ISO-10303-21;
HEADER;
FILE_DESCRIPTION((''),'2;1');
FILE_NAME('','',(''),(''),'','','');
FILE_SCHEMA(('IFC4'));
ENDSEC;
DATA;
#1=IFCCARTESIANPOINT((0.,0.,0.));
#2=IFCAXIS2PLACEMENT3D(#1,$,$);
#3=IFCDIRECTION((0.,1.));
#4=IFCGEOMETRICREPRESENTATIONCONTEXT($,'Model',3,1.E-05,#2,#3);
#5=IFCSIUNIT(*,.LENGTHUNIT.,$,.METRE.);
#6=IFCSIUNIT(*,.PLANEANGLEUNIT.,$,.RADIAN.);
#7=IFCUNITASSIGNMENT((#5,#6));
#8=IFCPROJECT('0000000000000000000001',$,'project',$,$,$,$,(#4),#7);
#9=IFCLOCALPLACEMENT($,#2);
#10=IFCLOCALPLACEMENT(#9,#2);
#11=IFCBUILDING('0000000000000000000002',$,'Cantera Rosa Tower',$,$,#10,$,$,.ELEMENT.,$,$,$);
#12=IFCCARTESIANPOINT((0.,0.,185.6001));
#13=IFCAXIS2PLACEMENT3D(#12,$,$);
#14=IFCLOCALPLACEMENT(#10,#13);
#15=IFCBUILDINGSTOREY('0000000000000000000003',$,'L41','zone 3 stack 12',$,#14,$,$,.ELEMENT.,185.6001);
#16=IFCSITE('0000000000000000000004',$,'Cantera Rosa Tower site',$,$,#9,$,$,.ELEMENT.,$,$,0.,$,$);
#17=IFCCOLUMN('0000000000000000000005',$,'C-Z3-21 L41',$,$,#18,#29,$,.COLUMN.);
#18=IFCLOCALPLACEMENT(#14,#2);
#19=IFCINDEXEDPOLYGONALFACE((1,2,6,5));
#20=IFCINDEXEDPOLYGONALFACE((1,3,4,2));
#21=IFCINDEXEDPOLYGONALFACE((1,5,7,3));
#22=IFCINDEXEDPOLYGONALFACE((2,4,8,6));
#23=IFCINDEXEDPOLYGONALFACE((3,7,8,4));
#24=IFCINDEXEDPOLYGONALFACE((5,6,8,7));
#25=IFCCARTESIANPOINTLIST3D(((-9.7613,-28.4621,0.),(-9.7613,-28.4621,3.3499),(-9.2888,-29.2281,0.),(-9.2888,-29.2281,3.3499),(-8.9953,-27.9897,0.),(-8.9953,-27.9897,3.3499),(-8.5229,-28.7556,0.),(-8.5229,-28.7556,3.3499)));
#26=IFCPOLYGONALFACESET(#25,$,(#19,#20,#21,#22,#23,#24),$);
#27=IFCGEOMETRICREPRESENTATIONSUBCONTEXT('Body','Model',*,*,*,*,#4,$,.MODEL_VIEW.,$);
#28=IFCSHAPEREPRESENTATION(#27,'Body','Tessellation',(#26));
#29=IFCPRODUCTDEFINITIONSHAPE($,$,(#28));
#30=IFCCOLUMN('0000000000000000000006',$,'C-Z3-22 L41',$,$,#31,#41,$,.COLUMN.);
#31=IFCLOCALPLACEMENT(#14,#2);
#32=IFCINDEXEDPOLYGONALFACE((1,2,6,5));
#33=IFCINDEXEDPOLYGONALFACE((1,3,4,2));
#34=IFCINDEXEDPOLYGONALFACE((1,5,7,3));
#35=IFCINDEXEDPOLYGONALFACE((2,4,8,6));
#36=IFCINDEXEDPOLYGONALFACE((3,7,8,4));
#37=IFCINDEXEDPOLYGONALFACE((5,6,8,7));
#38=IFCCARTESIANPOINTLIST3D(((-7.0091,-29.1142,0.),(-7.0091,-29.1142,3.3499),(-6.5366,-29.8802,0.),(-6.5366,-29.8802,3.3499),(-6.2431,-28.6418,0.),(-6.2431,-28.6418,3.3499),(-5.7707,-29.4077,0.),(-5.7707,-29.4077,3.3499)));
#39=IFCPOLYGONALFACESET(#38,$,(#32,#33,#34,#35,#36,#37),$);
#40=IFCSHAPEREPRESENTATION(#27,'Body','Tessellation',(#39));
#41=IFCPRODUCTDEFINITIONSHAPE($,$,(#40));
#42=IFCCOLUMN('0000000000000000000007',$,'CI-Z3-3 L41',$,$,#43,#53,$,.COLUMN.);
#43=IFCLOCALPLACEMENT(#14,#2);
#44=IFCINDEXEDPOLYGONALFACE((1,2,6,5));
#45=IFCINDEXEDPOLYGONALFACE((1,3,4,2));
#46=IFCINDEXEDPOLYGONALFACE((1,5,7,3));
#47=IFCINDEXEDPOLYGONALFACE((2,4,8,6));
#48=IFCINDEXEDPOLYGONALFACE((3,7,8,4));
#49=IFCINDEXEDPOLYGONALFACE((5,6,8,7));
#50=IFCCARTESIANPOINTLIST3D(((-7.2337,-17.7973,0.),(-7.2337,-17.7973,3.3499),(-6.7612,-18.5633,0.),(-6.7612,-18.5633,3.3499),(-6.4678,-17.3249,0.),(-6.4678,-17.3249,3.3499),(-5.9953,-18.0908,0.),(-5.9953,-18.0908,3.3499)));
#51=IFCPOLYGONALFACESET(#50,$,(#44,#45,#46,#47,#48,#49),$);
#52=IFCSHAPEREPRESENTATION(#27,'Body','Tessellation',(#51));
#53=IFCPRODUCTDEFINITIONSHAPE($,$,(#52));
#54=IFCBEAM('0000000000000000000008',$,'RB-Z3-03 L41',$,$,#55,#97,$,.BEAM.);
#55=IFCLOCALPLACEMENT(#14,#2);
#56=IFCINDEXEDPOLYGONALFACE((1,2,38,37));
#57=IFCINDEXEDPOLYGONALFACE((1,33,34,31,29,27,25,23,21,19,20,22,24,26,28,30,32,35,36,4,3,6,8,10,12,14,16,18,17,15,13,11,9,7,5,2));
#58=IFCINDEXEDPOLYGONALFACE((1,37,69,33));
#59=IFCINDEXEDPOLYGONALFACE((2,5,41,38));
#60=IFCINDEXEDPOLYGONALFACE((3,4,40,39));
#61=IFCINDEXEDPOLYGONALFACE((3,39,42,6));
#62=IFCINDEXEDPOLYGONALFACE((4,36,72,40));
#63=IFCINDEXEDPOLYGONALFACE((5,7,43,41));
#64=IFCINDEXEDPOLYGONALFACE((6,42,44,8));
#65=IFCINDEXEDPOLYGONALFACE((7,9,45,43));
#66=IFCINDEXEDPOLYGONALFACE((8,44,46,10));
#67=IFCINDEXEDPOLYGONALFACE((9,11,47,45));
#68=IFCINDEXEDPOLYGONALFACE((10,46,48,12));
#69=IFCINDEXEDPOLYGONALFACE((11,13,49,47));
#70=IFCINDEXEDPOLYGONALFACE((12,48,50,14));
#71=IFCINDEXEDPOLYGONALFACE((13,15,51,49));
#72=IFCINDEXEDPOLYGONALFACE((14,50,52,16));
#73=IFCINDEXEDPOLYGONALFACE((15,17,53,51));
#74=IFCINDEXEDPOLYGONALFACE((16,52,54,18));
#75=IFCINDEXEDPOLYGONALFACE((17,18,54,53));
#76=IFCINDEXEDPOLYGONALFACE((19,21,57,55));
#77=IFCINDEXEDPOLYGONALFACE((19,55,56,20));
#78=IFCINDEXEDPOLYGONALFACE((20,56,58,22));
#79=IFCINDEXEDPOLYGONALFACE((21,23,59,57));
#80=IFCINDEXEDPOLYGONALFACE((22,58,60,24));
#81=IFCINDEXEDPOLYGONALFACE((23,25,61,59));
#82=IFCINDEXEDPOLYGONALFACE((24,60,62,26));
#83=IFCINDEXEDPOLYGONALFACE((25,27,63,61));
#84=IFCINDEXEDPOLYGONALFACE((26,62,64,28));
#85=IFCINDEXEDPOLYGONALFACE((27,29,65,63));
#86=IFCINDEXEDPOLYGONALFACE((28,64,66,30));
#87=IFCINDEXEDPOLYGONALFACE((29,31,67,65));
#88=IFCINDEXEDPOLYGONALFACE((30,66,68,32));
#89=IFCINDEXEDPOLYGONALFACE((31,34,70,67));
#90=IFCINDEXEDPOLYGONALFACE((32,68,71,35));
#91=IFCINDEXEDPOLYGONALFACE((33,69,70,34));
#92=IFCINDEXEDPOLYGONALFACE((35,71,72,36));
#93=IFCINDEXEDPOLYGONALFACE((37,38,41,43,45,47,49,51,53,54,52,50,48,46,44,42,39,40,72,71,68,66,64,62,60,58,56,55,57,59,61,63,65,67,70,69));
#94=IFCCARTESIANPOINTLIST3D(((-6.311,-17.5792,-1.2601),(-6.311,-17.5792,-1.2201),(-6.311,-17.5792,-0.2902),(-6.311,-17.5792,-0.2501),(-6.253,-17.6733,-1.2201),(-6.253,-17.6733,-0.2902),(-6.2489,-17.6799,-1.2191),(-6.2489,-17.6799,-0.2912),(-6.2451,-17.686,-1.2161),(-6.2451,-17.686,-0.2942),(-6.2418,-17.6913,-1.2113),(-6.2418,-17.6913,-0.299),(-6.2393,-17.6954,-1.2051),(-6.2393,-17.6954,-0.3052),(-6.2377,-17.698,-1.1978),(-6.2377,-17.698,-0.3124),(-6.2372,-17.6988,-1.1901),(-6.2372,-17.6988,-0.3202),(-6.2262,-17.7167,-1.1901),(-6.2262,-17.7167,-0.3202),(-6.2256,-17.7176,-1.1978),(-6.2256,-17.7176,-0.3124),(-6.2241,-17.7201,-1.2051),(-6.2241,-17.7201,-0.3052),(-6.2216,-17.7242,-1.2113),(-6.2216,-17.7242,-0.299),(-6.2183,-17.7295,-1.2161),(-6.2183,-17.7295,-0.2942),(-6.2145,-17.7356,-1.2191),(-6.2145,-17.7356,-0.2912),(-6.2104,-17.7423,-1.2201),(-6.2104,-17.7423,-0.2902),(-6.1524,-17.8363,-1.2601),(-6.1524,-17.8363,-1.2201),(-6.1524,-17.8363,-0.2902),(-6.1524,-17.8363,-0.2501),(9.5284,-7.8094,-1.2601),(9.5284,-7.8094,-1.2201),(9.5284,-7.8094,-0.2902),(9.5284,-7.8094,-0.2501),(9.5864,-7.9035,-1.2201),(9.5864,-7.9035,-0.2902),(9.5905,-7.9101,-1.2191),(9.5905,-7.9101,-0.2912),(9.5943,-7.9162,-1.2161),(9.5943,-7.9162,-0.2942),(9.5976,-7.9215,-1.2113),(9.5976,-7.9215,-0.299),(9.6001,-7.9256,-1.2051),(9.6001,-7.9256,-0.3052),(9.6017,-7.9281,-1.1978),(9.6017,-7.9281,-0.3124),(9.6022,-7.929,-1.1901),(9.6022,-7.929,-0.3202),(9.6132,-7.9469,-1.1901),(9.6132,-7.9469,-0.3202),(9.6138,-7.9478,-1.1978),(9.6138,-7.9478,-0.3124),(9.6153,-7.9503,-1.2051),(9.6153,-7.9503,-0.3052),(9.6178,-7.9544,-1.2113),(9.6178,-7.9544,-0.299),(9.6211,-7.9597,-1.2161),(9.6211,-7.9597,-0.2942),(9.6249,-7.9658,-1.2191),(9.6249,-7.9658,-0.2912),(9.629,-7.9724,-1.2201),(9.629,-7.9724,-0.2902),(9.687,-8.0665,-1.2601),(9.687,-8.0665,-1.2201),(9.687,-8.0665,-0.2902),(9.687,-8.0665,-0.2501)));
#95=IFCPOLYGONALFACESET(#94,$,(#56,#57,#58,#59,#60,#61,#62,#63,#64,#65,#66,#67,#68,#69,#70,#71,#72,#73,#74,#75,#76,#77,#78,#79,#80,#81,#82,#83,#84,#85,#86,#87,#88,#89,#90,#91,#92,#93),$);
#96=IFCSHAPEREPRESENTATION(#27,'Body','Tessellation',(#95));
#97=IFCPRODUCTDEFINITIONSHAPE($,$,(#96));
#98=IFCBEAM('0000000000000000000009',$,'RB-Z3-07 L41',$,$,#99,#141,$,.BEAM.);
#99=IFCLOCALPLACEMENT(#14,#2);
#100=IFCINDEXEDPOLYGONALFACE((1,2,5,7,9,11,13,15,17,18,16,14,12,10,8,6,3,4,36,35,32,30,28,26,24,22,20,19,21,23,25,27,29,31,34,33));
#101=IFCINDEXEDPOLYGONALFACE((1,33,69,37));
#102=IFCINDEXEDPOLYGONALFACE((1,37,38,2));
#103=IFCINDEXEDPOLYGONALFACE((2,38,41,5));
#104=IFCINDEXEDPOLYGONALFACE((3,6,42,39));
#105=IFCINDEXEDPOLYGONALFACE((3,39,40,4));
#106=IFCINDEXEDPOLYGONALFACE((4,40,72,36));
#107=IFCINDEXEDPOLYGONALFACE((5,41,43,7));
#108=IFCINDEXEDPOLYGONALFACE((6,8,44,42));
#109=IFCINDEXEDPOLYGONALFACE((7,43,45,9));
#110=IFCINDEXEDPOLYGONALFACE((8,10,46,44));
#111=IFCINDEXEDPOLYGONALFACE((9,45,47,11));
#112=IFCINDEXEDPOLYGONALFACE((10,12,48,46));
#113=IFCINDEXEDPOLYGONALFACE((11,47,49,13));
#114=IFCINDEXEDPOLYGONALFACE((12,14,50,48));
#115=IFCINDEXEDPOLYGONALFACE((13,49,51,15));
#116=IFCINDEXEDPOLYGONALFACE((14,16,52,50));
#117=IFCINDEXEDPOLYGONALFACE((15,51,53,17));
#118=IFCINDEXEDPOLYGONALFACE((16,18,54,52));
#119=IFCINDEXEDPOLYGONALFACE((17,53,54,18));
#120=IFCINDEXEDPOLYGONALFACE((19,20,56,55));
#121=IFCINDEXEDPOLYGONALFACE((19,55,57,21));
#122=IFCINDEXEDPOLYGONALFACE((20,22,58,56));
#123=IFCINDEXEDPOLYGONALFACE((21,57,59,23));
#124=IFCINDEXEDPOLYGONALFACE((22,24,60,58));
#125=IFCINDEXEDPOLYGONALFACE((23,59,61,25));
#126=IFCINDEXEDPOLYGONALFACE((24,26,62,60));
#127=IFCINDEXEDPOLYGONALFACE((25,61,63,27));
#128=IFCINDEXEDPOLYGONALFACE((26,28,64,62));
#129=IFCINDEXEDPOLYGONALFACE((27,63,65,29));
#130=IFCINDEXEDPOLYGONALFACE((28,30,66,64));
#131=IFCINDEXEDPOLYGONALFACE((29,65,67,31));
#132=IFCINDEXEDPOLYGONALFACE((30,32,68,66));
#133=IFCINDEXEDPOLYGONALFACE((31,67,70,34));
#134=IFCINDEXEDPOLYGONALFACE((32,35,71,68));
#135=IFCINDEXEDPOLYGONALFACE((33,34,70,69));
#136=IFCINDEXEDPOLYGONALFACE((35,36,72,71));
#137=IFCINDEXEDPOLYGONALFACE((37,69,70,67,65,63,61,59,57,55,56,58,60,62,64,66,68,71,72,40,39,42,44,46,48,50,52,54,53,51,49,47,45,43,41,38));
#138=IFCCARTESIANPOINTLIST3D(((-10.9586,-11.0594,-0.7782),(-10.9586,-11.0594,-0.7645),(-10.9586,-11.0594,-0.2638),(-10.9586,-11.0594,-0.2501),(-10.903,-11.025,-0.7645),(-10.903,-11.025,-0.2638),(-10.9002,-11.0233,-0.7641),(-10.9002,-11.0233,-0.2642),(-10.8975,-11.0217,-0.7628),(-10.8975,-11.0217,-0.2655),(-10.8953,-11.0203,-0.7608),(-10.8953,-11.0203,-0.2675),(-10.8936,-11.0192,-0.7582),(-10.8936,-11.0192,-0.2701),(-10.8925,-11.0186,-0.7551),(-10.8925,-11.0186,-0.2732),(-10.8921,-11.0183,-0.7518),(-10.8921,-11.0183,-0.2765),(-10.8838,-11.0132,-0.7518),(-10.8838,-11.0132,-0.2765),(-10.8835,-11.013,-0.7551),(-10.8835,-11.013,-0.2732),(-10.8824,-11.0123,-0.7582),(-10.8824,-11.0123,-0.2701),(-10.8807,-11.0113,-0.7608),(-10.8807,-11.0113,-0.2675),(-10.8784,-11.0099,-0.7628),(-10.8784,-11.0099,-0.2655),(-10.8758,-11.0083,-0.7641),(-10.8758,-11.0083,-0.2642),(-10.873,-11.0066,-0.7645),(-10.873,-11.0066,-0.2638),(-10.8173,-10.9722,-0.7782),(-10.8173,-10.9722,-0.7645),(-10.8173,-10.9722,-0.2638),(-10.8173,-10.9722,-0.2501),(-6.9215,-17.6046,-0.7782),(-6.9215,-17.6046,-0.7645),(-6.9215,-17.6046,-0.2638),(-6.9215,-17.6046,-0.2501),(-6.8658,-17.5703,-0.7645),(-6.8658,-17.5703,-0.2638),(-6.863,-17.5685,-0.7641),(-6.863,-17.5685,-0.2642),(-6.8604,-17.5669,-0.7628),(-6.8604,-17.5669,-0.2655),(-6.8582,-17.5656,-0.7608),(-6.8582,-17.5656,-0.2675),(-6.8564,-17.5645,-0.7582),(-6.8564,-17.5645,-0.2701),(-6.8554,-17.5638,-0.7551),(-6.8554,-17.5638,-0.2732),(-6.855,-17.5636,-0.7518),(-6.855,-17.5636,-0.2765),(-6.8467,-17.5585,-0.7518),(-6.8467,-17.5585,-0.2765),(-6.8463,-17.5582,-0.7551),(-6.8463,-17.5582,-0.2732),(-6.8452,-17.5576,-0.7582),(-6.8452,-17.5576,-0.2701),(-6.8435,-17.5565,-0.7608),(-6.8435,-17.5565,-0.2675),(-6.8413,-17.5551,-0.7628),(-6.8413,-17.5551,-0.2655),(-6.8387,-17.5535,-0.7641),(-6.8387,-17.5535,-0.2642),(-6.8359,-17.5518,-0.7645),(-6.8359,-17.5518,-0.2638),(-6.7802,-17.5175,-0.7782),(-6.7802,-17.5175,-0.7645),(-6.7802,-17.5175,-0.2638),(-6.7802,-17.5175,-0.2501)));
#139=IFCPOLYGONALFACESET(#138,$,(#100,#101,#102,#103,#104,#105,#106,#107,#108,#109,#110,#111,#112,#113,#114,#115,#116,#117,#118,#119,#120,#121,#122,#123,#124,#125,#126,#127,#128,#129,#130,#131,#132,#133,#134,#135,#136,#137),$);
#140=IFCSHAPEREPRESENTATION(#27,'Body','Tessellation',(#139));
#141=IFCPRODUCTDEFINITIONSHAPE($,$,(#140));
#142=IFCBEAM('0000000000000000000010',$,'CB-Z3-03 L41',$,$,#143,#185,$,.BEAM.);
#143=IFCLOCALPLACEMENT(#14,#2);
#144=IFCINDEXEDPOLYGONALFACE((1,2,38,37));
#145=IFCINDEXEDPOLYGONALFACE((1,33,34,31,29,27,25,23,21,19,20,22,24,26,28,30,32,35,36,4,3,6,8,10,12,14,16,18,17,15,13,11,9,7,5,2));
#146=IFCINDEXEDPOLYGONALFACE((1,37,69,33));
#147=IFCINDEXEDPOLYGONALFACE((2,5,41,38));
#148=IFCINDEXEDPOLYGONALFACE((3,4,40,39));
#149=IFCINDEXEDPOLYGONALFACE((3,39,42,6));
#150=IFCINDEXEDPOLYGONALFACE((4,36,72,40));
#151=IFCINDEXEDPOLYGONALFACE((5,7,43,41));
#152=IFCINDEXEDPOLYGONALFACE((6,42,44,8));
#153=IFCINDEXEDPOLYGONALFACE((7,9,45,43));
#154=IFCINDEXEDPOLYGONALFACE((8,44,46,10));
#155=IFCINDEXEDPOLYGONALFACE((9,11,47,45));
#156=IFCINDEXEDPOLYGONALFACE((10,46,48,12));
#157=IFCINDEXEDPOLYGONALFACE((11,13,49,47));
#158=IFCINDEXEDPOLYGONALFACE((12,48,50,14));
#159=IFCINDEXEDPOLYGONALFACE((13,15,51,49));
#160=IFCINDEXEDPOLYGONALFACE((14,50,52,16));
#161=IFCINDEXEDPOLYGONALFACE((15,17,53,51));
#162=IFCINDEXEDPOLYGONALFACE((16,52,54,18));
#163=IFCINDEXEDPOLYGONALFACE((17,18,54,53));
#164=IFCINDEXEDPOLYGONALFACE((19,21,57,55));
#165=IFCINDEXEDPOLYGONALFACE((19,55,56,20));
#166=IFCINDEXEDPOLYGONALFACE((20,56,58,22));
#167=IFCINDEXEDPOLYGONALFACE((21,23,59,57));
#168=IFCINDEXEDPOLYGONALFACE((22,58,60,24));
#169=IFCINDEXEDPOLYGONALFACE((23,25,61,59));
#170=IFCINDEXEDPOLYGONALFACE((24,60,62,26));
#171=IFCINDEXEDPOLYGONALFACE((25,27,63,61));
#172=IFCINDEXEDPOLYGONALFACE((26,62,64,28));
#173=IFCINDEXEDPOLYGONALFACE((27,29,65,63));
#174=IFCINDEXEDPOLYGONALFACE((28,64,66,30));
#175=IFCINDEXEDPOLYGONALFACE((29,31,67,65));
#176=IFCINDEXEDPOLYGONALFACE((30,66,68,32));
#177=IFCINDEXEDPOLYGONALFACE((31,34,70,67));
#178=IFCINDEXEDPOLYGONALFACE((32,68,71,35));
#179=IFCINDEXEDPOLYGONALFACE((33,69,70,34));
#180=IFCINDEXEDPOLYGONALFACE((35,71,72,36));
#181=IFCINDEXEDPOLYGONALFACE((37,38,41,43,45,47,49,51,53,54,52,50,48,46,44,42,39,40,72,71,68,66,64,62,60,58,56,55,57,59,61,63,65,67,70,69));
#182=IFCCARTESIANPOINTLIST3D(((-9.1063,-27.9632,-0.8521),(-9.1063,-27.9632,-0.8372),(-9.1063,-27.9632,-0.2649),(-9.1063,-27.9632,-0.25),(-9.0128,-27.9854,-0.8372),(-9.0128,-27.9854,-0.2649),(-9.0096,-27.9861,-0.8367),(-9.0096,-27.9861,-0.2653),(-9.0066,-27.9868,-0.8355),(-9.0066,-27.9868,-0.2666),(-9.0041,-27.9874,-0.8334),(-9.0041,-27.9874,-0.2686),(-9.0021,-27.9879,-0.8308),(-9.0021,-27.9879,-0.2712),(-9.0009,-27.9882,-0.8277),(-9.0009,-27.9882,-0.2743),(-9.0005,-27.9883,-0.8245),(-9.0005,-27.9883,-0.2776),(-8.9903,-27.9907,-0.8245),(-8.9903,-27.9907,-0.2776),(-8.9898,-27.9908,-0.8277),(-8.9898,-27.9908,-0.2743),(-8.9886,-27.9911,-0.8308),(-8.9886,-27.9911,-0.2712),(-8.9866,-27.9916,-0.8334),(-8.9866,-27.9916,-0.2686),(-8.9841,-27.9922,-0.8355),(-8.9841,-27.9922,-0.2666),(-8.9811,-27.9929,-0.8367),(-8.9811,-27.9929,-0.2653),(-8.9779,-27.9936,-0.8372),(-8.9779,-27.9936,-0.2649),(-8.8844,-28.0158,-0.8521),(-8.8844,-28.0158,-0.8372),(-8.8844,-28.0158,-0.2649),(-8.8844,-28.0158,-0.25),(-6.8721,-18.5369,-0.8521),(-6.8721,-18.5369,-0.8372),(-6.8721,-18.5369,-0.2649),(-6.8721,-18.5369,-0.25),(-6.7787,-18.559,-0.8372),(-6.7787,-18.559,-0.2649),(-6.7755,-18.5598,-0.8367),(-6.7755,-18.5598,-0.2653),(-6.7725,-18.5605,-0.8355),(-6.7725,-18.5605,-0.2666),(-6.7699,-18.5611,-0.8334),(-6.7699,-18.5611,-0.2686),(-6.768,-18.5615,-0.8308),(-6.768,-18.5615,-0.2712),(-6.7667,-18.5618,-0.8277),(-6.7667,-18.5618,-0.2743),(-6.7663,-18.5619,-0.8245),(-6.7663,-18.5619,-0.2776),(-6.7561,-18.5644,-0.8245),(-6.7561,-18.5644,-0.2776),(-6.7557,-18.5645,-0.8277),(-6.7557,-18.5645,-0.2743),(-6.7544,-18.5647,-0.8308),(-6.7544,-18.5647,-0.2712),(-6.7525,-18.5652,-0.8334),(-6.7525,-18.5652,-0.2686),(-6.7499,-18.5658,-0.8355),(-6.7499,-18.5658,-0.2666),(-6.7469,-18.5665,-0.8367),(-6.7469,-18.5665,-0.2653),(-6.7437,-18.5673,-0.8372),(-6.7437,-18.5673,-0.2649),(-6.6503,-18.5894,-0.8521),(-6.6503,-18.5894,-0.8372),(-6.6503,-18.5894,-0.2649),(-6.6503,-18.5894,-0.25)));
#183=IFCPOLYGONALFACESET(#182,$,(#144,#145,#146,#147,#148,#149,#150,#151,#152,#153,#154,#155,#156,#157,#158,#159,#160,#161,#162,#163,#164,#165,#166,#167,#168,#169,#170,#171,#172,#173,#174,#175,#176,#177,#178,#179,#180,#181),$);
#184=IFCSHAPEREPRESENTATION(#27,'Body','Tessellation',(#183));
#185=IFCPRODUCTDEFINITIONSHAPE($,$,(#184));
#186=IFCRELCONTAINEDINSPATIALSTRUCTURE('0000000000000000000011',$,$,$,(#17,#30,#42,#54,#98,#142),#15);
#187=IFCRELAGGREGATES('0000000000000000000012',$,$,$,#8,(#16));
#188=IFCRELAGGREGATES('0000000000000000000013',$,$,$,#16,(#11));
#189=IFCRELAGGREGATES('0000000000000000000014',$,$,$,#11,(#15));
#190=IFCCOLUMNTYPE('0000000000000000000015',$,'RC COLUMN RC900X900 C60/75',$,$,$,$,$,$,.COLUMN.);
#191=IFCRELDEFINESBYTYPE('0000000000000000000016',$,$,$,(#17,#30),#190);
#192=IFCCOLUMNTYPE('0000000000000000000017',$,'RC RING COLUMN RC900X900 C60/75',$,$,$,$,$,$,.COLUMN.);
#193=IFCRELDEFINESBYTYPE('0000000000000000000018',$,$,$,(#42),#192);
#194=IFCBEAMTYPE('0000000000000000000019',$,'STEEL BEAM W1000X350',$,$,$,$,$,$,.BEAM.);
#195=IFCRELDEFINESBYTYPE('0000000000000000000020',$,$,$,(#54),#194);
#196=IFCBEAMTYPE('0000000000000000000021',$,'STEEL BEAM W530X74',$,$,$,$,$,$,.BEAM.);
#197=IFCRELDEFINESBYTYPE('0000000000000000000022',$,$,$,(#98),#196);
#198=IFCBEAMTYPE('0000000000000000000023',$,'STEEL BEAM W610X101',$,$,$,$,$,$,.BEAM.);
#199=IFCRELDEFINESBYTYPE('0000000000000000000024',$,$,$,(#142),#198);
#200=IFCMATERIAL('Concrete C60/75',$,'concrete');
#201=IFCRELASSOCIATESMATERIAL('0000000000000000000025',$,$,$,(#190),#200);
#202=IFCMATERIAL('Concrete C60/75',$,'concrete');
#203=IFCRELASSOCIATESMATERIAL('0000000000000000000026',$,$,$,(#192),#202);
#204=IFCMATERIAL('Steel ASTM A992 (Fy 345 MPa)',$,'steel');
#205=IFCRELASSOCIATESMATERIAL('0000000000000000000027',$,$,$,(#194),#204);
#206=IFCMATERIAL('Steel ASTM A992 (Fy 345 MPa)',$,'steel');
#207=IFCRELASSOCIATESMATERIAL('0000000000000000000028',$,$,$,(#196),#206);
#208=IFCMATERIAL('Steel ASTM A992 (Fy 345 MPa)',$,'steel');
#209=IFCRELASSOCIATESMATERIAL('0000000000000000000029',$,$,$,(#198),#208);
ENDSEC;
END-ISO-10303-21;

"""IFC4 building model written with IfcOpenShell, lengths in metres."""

from ifc_helpers import new_model, si_unit, direction, frame, origin, origin_2d, place, context, subcontext, project, spatial, rectangle, i_section, extrude, material, material_profile, profile_set, type_object, element, save


model = new_model("IFC4")

# Units and contexts
model_context = context("Model", 3, precision=1e-05, world=origin(), true_north=direction((0.0, 1.0)))
body_context = subcontext(model_context, "Body", "Model", "MODEL_VIEW")
ifc_project = project(units=[si_unit("LENGTHUNIT", "METRE"), si_unit("PLANEANGLEUNIT", "RADIAN")], contexts=[model_context])

# Site, building, storey
site_placement = place(None, origin())
site = spatial("IfcSite", under=ifc_project, at=site_placement, Name="Cantera Rosa Tower site", CompositionType="ELEMENT", RefElevation=0.0)
building_placement = place(site_placement, origin())
building = spatial("IfcBuilding", under=site, at=building_placement, Name="Cantera Rosa Tower", CompositionType="ELEMENT")
storey_placement = place(building_placement, frame((0.0, 0.0, 185.6001)))
storey = spatial("IfcBuildingStorey", under=building, at=storey_placement, Name="L41", Description="zone 3 stack 12", CompositionType="ELEMENT", Elevation=185.6001)

# Columns
ifc_material_1 = material(Name="Concrete C60/75", Category="concrete")
ifc_material_profile_1 = material_profile(ifc_material_1, rectangle(XDim=0.8999, YDim=0.8999, at=origin_2d()), Name="RC COLUMN RC900X900 C60/75")
ifc_profile_set_1 = profile_set([ifc_material_profile_1], Name="Concrete C60/75")
column_type_1 = type_object("IfcColumnType", Name="RC COLUMN RC900X900 C60/75", PredefinedType="COLUMN", material=ifc_profile_set_1)
for number, where, z_axis, x_axis, name in (
    (1, (-9.1421, -28.6089, 0.0), (0.0, 0.0, 1.0), (0.851117, 0.524977, 0.0), "C-Z3-21 L41"),
    (2, (-6.3899, -29.261, 0.0), (0.0, 0.0, 1.0), (0.851117, 0.524977, 0.0), "C-Z3-22 L41"),
):
    element("IfcColumn", number, at=place(storey_placement, frame(where, z_axis=z_axis, x_axis=x_axis)), inside=storey, type_object=column_type_1, Name=name, PredefinedType="COLUMN", context=body_context, shape_type="SweptSolid", body=[
        extrude(rectangle(XDim=0.8999, YDim=0.8999, at=origin_2d()), origin(), (0.0, 0.0, 1.0), 3.3499),
    ])
ifc_material_2 = material(Name="Concrete C60/75", Category="concrete")
ifc_material_profile_2 = material_profile(ifc_material_2, rectangle(XDim=0.8999, YDim=0.8999, at=origin_2d()), Name="RC RING COLUMN RC900X900 C60/75")
ifc_profile_set_2 = profile_set([ifc_material_profile_2], Name="Concrete C60/75")
column_type_2 = type_object("IfcColumnType", Name="RC RING COLUMN RC900X900 C60/75", PredefinedType="COLUMN", material=ifc_profile_set_2)
column_placement = place(storey_placement, frame((-6.6145, -17.9441, 0.0), z_axis=(0.0, 0.0, 1.0), x_axis=(0.851117, 0.524977, 0.0)))
element("IfcColumn", 3, at=column_placement, inside=storey, type_object=column_type_2, Name="CI-Z3-3 L41", PredefinedType="COLUMN", context=body_context, shape_type="SweptSolid", body=[
    extrude(rectangle(XDim=0.8999, YDim=0.8999, at=origin_2d()), origin(), (0.0, 0.0, 1.0), 3.3499),
])

# Beams
ifc_material_3 = material(Name="Steel ASTM A992 (Fy 345 MPa)", Category="steel")
ifc_material_profile_3 = material_profile(ifc_material_3, i_section(OverallWidth=0.302, OverallDepth=1.01, WebThickness=0.021, FlangeThickness=0.04, FilletRadius=0.03, at=origin_2d()), Name="W1000X350")
ifc_profile_set_3 = profile_set([ifc_material_profile_3], Name="Steel ASTM A992 (Fy 345 MPa)")
beam_type_1 = type_object("IfcBeamType", Name="STEEL BEAM W1000X350", PredefinedType="BEAM", material=ifc_profile_set_3)
beam_1_placement = place(storey_placement, frame((-6.2317, -17.7078, -0.7551), z_axis=(0.851119, 0.524973, 0.0), x_axis=(-0.524973, 0.851119, 0.0)))
element("IfcBeam", 4, at=beam_1_placement, inside=storey, type_object=beam_type_1, Name="RB-Z3-03 L41", PredefinedType="BEAM", context=body_context, shape_type="SweptSolid", body=[
    extrude(i_section(OverallWidth=0.302, OverallDepth=1.01, WebThickness=0.021, FlangeThickness=0.04, FilletRadius=0.03, at=origin_2d()), origin(), (0.0, 0.0, 1.0), 18.6101),
])
ifc_material_4 = material(Name="Steel ASTM A992 (Fy 345 MPa)", Category="steel")
ifc_material_profile_4 = material_profile(ifc_material_4, i_section(OverallWidth=0.166, OverallDepth=0.5281, WebThickness=0.0098, FlangeThickness=0.0137, FilletRadius=0.0127, at=origin_2d()), Name="W530X74")
ifc_profile_set_4 = profile_set([ifc_material_profile_4], Name="Steel ASTM A992 (Fy 345 MPa)")
beam_type_2 = type_object("IfcBeamType", Name="STEEL BEAM W530X74", PredefinedType="BEAM", material=ifc_profile_set_4)
beam_2_placement = place(storey_placement, frame((-6.8508, -17.561, -0.5142), z_axis=(-0.524976, 0.851117, 0.0), x_axis=(-0.851117, -0.524976, 0.0)))
element("IfcBeam", 5, at=beam_2_placement, inside=storey, type_object=beam_type_2, Name="RB-Z3-07 L41", PredefinedType="BEAM", context=body_context, shape_type="SweptSolid", body=[
    extrude(i_section(OverallWidth=0.166, OverallDepth=0.5281, WebThickness=0.0098, FlangeThickness=0.0137, FilletRadius=0.0127, at=origin_2d()), origin(), (0.0, 0.0, 1.0), 7.6902),
])
ifc_material_5 = material(Name="Steel ASTM A992 (Fy 345 MPa)", Category="steel")
ifc_material_profile_5 = material_profile(ifc_material_5, i_section(OverallWidth=0.228, OverallDepth=0.6021, WebThickness=0.0105, FlangeThickness=0.0149, FilletRadius=0.0127, at=origin_2d()), Name="W610X101")
ifc_profile_set_5 = profile_set([ifc_material_profile_5], Name="Steel ASTM A992 (Fy 345 MPa)")
beam_type_3 = type_object("IfcBeamType", Name="STEEL BEAM W610X101", PredefinedType="BEAM", material=ifc_profile_set_5)
beam_3_placement = place(storey_placement, frame((-8.9954, -27.9895, -0.551), z_axis=(0.230622, 0.973043, 0.0), x_axis=(-0.973043, 0.230622, 0.0)))
element("IfcBeam", 6, at=beam_3_placement, inside=storey, type_object=beam_type_3, Name="CB-Z3-03 L41", PredefinedType="BEAM", context=body_context, shape_type="SweptSolid", body=[
    extrude(i_section(OverallWidth=0.228, OverallDepth=0.6021, WebThickness=0.0105, FlangeThickness=0.0149, FilletRadius=0.0127, at=origin_2d()), origin(), (0.0, 0.0, 1.0), 9.6875),
])

save(model, "model.ifc")
